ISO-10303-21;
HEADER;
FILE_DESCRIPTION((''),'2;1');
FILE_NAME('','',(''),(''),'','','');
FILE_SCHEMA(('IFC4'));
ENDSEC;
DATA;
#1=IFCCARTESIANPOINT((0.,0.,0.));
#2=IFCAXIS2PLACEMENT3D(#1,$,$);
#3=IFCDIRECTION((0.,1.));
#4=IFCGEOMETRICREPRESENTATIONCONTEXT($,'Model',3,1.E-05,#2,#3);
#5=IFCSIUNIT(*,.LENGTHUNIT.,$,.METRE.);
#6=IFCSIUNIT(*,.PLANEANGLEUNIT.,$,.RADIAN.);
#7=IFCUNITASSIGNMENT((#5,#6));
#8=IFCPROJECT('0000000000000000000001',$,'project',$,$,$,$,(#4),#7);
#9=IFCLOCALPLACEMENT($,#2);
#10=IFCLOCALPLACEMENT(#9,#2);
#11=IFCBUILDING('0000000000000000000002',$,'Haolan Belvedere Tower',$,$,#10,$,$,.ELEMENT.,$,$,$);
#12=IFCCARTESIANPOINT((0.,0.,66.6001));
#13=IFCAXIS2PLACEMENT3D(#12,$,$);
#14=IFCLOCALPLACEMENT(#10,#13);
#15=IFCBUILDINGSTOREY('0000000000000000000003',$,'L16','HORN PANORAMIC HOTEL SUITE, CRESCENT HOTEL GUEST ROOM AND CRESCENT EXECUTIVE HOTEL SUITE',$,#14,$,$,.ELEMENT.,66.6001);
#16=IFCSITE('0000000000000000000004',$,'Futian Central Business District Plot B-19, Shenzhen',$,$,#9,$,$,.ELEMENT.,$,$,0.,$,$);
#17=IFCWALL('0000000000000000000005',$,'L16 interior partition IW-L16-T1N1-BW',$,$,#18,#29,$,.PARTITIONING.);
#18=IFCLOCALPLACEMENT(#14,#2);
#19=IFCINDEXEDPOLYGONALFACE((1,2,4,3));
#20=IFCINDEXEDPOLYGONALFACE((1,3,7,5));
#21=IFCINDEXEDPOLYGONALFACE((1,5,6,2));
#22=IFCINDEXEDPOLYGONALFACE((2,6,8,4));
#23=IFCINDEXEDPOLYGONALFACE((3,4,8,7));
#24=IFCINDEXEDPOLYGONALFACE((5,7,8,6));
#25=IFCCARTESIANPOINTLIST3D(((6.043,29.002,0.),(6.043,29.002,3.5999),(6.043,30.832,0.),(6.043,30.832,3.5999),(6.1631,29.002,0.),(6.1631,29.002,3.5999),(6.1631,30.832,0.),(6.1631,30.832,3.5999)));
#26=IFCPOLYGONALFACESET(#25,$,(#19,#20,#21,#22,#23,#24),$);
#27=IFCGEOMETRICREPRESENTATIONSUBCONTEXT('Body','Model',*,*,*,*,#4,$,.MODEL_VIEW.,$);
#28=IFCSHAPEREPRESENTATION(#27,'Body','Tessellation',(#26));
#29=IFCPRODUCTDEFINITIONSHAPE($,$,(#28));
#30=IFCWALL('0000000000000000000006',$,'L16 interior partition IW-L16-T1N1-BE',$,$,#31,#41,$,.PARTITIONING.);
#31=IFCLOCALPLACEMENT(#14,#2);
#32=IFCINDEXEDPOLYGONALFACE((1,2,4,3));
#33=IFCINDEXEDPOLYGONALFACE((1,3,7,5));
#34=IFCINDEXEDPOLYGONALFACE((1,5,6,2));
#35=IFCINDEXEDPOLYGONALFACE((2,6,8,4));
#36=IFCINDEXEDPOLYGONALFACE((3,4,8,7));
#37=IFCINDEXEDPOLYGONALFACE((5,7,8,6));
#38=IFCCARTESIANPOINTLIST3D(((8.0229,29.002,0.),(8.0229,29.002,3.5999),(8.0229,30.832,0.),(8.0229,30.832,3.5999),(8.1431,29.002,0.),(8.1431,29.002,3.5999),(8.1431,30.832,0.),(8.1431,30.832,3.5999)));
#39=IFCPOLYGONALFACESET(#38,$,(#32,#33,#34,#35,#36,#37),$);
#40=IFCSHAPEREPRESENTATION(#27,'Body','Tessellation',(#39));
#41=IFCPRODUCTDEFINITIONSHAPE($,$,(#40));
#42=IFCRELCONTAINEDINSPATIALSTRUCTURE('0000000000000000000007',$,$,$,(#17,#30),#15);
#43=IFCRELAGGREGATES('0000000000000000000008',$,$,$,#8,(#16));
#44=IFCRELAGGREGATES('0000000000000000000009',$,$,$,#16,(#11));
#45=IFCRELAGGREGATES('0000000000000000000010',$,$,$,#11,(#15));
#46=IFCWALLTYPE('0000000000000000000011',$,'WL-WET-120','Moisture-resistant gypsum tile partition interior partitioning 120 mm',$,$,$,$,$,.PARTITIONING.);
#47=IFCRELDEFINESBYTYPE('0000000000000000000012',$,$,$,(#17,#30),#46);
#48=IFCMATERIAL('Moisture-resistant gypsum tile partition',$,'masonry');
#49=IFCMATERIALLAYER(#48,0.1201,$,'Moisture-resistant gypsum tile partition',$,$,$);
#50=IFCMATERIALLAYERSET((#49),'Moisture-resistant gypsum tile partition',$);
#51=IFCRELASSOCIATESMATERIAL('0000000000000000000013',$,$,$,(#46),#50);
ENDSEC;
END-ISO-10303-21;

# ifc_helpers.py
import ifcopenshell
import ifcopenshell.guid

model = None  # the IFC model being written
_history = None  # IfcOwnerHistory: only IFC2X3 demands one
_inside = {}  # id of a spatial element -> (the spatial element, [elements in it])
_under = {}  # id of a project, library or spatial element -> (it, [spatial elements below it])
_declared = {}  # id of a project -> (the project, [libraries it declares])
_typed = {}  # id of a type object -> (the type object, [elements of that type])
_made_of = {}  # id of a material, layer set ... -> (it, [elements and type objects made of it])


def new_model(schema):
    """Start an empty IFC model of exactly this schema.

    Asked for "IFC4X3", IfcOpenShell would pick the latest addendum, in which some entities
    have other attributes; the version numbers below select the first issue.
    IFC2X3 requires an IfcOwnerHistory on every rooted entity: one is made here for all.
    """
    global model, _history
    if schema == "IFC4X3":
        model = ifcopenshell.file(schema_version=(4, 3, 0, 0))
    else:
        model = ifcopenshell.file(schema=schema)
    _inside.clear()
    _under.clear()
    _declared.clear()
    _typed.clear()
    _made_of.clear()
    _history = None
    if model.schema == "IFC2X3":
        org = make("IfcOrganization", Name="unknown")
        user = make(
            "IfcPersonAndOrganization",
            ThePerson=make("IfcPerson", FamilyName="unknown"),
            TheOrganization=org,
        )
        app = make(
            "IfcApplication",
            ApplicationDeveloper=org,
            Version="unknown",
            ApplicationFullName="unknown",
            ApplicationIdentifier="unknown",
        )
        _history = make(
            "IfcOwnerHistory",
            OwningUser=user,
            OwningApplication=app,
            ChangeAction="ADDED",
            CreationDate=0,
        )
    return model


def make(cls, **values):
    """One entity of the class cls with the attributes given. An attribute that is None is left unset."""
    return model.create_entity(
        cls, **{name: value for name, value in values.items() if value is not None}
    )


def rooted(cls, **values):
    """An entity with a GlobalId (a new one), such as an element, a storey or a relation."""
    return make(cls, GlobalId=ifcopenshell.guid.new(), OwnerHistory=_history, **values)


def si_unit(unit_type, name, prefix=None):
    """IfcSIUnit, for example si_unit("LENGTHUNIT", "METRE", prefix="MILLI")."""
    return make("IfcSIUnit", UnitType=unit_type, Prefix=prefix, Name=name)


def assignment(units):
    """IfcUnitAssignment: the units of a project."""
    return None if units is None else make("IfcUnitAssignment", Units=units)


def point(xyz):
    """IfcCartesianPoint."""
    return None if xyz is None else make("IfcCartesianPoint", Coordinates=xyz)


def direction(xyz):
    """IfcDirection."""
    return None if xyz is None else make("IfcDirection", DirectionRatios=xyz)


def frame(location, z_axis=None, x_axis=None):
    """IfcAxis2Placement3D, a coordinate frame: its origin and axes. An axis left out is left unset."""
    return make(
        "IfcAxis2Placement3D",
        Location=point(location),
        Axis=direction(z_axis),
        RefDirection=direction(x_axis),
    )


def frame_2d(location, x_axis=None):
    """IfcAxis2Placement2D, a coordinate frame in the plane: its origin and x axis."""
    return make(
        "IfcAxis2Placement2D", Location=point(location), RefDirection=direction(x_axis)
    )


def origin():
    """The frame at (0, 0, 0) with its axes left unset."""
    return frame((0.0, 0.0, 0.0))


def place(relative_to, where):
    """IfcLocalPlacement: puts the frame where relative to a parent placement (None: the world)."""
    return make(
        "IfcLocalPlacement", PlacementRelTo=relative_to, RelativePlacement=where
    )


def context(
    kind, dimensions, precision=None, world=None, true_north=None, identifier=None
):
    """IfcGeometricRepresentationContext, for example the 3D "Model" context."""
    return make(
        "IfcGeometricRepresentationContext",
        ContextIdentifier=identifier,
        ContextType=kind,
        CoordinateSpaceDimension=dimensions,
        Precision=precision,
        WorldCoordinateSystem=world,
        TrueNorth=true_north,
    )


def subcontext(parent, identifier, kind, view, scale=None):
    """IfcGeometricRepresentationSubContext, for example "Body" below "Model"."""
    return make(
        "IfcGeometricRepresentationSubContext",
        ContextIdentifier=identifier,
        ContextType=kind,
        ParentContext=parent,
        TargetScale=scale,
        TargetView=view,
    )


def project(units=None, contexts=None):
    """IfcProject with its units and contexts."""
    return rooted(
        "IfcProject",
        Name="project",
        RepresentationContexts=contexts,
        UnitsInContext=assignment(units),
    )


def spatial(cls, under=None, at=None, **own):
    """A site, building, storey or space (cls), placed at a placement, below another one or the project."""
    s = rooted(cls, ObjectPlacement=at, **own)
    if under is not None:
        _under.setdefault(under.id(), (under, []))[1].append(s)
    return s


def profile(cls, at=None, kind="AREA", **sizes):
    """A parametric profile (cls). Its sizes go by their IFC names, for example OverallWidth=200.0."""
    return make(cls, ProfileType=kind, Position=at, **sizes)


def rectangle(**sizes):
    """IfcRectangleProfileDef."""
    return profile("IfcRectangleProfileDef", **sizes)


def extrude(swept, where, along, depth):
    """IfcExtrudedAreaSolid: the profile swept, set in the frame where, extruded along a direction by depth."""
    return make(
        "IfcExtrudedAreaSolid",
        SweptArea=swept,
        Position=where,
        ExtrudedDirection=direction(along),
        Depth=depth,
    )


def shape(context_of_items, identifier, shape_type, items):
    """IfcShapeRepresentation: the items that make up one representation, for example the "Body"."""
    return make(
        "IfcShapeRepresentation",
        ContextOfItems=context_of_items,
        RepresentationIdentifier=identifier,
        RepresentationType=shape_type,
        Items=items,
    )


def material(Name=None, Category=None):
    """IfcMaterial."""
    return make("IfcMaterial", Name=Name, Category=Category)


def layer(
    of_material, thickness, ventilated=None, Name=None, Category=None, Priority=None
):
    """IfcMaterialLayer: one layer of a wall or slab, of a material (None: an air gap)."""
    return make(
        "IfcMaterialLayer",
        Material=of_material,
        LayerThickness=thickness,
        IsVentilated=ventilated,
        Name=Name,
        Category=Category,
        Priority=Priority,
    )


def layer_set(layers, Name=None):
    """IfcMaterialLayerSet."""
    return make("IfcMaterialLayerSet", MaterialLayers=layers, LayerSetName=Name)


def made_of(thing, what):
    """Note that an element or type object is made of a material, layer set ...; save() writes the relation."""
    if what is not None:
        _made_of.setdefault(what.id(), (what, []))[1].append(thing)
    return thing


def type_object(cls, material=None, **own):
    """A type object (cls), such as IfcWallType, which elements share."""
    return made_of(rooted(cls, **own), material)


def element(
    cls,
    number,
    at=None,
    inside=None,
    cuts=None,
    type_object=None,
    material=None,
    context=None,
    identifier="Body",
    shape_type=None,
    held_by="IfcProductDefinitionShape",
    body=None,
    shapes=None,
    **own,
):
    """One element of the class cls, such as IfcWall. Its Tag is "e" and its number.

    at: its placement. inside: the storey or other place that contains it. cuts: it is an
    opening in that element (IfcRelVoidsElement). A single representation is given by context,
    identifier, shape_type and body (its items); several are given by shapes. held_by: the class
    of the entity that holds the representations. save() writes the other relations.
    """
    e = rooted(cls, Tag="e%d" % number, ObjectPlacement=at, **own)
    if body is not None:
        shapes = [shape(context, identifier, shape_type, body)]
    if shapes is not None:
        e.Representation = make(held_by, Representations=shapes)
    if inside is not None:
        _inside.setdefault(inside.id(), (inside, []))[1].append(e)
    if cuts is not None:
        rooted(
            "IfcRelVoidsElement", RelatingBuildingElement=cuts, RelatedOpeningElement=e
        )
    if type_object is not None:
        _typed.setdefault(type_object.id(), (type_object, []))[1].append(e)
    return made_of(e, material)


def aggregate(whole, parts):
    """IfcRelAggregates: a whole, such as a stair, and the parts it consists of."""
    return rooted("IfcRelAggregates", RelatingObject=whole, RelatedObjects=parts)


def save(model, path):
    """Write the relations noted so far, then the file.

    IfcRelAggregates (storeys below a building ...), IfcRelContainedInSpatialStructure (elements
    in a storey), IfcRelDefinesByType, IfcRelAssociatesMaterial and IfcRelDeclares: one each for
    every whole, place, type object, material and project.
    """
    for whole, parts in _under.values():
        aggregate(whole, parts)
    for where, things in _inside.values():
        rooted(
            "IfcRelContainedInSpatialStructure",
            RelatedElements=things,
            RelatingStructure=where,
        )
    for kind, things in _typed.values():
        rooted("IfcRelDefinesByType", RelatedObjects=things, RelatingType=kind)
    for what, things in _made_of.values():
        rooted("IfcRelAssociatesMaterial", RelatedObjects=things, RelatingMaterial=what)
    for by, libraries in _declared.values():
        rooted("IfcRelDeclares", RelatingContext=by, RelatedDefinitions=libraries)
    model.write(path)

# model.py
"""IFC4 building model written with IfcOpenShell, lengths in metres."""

from ifc_helpers import new_model, si_unit, direction, frame, frame_2d, origin, place, context, subcontext, project, spatial, rectangle, extrude, material, layer, layer_set, type_object, element, save


model = new_model("IFC4")

# Units and contexts
model_context = context("Model", 3, precision=1e-05, world=origin(), true_north=direction((0.0, 1.0)))
body_context = subcontext(model_context, "Body", "Model", "MODEL_VIEW")
ifc_project = project(units=[si_unit("LENGTHUNIT", "METRE"), si_unit("PLANEANGLEUNIT", "RADIAN")], contexts=[model_context])

# Site, building, storey
site_placement = place(None, origin())
site = spatial("IfcSite", under=ifc_project, at=site_placement, Name="Futian Central Business District Plot B-19, Shenzhen", CompositionType="ELEMENT", RefElevation=0.0)
building_placement = place(site_placement, origin())
building = spatial("IfcBuilding", under=site, at=building_placement, Name="Haolan Belvedere Tower", CompositionType="ELEMENT")
storey_placement = place(building_placement, frame((0.0, 0.0, 66.6001)))
storey = spatial("IfcBuildingStorey", under=building, at=storey_placement, Name="L16", Description="HORN PANORAMIC HOTEL SUITE, CRESCENT HOTEL GUEST ROOM AND CRESCENT EXECUTIVE HOTEL SUITE", CompositionType="ELEMENT", Elevation=66.6001)

# Shared definitions
ifc_material_1 = material(Name="Moisture-resistant gypsum tile partition", Category="masonry")
ifc_layer_1 = layer(ifc_material_1, 0.1201, Name="Moisture-resistant gypsum tile partition")
ifc_layer_set_1 = layer_set([ifc_layer_1], Name="Moisture-resistant gypsum tile partition")
wall_type_1 = type_object("IfcWallType", Name="WL-WET-120", Description="Moisture-resistant gypsum tile partition interior partitioning 120 mm", PredefinedType="PARTITIONING", material=ifc_layer_set_1)

# Walls
for number, where, z_axis, x_axis, name in (
    (1, (6.103, 29.002, 0.0), (0.0, 0.0, 1.0), (0.0, 1.0, 0.0), "L16 interior partition IW-L16-T1N1-BW"),
    (2, (8.083, 29.002, 0.0), (0.0, 0.0, 1.0), (0.0, 1.0, 0.0), "L16 interior partition IW-L16-T1N1-BE"),
):
    element("IfcWall", number, at=place(storey_placement, frame(where, z_axis=z_axis, x_axis=x_axis)), inside=storey, type_object=wall_type_1, Name=name, PredefinedType="PARTITIONING", context=body_context, shape_type="SweptSolid", body=[
        extrude(rectangle(XDim=1.8301, YDim=0.1201, at=frame_2d((0.915, 0.0))), origin(), (0.0, 0.0, 1.0), 3.5999),
    ])

save(model, "model.ifc")
